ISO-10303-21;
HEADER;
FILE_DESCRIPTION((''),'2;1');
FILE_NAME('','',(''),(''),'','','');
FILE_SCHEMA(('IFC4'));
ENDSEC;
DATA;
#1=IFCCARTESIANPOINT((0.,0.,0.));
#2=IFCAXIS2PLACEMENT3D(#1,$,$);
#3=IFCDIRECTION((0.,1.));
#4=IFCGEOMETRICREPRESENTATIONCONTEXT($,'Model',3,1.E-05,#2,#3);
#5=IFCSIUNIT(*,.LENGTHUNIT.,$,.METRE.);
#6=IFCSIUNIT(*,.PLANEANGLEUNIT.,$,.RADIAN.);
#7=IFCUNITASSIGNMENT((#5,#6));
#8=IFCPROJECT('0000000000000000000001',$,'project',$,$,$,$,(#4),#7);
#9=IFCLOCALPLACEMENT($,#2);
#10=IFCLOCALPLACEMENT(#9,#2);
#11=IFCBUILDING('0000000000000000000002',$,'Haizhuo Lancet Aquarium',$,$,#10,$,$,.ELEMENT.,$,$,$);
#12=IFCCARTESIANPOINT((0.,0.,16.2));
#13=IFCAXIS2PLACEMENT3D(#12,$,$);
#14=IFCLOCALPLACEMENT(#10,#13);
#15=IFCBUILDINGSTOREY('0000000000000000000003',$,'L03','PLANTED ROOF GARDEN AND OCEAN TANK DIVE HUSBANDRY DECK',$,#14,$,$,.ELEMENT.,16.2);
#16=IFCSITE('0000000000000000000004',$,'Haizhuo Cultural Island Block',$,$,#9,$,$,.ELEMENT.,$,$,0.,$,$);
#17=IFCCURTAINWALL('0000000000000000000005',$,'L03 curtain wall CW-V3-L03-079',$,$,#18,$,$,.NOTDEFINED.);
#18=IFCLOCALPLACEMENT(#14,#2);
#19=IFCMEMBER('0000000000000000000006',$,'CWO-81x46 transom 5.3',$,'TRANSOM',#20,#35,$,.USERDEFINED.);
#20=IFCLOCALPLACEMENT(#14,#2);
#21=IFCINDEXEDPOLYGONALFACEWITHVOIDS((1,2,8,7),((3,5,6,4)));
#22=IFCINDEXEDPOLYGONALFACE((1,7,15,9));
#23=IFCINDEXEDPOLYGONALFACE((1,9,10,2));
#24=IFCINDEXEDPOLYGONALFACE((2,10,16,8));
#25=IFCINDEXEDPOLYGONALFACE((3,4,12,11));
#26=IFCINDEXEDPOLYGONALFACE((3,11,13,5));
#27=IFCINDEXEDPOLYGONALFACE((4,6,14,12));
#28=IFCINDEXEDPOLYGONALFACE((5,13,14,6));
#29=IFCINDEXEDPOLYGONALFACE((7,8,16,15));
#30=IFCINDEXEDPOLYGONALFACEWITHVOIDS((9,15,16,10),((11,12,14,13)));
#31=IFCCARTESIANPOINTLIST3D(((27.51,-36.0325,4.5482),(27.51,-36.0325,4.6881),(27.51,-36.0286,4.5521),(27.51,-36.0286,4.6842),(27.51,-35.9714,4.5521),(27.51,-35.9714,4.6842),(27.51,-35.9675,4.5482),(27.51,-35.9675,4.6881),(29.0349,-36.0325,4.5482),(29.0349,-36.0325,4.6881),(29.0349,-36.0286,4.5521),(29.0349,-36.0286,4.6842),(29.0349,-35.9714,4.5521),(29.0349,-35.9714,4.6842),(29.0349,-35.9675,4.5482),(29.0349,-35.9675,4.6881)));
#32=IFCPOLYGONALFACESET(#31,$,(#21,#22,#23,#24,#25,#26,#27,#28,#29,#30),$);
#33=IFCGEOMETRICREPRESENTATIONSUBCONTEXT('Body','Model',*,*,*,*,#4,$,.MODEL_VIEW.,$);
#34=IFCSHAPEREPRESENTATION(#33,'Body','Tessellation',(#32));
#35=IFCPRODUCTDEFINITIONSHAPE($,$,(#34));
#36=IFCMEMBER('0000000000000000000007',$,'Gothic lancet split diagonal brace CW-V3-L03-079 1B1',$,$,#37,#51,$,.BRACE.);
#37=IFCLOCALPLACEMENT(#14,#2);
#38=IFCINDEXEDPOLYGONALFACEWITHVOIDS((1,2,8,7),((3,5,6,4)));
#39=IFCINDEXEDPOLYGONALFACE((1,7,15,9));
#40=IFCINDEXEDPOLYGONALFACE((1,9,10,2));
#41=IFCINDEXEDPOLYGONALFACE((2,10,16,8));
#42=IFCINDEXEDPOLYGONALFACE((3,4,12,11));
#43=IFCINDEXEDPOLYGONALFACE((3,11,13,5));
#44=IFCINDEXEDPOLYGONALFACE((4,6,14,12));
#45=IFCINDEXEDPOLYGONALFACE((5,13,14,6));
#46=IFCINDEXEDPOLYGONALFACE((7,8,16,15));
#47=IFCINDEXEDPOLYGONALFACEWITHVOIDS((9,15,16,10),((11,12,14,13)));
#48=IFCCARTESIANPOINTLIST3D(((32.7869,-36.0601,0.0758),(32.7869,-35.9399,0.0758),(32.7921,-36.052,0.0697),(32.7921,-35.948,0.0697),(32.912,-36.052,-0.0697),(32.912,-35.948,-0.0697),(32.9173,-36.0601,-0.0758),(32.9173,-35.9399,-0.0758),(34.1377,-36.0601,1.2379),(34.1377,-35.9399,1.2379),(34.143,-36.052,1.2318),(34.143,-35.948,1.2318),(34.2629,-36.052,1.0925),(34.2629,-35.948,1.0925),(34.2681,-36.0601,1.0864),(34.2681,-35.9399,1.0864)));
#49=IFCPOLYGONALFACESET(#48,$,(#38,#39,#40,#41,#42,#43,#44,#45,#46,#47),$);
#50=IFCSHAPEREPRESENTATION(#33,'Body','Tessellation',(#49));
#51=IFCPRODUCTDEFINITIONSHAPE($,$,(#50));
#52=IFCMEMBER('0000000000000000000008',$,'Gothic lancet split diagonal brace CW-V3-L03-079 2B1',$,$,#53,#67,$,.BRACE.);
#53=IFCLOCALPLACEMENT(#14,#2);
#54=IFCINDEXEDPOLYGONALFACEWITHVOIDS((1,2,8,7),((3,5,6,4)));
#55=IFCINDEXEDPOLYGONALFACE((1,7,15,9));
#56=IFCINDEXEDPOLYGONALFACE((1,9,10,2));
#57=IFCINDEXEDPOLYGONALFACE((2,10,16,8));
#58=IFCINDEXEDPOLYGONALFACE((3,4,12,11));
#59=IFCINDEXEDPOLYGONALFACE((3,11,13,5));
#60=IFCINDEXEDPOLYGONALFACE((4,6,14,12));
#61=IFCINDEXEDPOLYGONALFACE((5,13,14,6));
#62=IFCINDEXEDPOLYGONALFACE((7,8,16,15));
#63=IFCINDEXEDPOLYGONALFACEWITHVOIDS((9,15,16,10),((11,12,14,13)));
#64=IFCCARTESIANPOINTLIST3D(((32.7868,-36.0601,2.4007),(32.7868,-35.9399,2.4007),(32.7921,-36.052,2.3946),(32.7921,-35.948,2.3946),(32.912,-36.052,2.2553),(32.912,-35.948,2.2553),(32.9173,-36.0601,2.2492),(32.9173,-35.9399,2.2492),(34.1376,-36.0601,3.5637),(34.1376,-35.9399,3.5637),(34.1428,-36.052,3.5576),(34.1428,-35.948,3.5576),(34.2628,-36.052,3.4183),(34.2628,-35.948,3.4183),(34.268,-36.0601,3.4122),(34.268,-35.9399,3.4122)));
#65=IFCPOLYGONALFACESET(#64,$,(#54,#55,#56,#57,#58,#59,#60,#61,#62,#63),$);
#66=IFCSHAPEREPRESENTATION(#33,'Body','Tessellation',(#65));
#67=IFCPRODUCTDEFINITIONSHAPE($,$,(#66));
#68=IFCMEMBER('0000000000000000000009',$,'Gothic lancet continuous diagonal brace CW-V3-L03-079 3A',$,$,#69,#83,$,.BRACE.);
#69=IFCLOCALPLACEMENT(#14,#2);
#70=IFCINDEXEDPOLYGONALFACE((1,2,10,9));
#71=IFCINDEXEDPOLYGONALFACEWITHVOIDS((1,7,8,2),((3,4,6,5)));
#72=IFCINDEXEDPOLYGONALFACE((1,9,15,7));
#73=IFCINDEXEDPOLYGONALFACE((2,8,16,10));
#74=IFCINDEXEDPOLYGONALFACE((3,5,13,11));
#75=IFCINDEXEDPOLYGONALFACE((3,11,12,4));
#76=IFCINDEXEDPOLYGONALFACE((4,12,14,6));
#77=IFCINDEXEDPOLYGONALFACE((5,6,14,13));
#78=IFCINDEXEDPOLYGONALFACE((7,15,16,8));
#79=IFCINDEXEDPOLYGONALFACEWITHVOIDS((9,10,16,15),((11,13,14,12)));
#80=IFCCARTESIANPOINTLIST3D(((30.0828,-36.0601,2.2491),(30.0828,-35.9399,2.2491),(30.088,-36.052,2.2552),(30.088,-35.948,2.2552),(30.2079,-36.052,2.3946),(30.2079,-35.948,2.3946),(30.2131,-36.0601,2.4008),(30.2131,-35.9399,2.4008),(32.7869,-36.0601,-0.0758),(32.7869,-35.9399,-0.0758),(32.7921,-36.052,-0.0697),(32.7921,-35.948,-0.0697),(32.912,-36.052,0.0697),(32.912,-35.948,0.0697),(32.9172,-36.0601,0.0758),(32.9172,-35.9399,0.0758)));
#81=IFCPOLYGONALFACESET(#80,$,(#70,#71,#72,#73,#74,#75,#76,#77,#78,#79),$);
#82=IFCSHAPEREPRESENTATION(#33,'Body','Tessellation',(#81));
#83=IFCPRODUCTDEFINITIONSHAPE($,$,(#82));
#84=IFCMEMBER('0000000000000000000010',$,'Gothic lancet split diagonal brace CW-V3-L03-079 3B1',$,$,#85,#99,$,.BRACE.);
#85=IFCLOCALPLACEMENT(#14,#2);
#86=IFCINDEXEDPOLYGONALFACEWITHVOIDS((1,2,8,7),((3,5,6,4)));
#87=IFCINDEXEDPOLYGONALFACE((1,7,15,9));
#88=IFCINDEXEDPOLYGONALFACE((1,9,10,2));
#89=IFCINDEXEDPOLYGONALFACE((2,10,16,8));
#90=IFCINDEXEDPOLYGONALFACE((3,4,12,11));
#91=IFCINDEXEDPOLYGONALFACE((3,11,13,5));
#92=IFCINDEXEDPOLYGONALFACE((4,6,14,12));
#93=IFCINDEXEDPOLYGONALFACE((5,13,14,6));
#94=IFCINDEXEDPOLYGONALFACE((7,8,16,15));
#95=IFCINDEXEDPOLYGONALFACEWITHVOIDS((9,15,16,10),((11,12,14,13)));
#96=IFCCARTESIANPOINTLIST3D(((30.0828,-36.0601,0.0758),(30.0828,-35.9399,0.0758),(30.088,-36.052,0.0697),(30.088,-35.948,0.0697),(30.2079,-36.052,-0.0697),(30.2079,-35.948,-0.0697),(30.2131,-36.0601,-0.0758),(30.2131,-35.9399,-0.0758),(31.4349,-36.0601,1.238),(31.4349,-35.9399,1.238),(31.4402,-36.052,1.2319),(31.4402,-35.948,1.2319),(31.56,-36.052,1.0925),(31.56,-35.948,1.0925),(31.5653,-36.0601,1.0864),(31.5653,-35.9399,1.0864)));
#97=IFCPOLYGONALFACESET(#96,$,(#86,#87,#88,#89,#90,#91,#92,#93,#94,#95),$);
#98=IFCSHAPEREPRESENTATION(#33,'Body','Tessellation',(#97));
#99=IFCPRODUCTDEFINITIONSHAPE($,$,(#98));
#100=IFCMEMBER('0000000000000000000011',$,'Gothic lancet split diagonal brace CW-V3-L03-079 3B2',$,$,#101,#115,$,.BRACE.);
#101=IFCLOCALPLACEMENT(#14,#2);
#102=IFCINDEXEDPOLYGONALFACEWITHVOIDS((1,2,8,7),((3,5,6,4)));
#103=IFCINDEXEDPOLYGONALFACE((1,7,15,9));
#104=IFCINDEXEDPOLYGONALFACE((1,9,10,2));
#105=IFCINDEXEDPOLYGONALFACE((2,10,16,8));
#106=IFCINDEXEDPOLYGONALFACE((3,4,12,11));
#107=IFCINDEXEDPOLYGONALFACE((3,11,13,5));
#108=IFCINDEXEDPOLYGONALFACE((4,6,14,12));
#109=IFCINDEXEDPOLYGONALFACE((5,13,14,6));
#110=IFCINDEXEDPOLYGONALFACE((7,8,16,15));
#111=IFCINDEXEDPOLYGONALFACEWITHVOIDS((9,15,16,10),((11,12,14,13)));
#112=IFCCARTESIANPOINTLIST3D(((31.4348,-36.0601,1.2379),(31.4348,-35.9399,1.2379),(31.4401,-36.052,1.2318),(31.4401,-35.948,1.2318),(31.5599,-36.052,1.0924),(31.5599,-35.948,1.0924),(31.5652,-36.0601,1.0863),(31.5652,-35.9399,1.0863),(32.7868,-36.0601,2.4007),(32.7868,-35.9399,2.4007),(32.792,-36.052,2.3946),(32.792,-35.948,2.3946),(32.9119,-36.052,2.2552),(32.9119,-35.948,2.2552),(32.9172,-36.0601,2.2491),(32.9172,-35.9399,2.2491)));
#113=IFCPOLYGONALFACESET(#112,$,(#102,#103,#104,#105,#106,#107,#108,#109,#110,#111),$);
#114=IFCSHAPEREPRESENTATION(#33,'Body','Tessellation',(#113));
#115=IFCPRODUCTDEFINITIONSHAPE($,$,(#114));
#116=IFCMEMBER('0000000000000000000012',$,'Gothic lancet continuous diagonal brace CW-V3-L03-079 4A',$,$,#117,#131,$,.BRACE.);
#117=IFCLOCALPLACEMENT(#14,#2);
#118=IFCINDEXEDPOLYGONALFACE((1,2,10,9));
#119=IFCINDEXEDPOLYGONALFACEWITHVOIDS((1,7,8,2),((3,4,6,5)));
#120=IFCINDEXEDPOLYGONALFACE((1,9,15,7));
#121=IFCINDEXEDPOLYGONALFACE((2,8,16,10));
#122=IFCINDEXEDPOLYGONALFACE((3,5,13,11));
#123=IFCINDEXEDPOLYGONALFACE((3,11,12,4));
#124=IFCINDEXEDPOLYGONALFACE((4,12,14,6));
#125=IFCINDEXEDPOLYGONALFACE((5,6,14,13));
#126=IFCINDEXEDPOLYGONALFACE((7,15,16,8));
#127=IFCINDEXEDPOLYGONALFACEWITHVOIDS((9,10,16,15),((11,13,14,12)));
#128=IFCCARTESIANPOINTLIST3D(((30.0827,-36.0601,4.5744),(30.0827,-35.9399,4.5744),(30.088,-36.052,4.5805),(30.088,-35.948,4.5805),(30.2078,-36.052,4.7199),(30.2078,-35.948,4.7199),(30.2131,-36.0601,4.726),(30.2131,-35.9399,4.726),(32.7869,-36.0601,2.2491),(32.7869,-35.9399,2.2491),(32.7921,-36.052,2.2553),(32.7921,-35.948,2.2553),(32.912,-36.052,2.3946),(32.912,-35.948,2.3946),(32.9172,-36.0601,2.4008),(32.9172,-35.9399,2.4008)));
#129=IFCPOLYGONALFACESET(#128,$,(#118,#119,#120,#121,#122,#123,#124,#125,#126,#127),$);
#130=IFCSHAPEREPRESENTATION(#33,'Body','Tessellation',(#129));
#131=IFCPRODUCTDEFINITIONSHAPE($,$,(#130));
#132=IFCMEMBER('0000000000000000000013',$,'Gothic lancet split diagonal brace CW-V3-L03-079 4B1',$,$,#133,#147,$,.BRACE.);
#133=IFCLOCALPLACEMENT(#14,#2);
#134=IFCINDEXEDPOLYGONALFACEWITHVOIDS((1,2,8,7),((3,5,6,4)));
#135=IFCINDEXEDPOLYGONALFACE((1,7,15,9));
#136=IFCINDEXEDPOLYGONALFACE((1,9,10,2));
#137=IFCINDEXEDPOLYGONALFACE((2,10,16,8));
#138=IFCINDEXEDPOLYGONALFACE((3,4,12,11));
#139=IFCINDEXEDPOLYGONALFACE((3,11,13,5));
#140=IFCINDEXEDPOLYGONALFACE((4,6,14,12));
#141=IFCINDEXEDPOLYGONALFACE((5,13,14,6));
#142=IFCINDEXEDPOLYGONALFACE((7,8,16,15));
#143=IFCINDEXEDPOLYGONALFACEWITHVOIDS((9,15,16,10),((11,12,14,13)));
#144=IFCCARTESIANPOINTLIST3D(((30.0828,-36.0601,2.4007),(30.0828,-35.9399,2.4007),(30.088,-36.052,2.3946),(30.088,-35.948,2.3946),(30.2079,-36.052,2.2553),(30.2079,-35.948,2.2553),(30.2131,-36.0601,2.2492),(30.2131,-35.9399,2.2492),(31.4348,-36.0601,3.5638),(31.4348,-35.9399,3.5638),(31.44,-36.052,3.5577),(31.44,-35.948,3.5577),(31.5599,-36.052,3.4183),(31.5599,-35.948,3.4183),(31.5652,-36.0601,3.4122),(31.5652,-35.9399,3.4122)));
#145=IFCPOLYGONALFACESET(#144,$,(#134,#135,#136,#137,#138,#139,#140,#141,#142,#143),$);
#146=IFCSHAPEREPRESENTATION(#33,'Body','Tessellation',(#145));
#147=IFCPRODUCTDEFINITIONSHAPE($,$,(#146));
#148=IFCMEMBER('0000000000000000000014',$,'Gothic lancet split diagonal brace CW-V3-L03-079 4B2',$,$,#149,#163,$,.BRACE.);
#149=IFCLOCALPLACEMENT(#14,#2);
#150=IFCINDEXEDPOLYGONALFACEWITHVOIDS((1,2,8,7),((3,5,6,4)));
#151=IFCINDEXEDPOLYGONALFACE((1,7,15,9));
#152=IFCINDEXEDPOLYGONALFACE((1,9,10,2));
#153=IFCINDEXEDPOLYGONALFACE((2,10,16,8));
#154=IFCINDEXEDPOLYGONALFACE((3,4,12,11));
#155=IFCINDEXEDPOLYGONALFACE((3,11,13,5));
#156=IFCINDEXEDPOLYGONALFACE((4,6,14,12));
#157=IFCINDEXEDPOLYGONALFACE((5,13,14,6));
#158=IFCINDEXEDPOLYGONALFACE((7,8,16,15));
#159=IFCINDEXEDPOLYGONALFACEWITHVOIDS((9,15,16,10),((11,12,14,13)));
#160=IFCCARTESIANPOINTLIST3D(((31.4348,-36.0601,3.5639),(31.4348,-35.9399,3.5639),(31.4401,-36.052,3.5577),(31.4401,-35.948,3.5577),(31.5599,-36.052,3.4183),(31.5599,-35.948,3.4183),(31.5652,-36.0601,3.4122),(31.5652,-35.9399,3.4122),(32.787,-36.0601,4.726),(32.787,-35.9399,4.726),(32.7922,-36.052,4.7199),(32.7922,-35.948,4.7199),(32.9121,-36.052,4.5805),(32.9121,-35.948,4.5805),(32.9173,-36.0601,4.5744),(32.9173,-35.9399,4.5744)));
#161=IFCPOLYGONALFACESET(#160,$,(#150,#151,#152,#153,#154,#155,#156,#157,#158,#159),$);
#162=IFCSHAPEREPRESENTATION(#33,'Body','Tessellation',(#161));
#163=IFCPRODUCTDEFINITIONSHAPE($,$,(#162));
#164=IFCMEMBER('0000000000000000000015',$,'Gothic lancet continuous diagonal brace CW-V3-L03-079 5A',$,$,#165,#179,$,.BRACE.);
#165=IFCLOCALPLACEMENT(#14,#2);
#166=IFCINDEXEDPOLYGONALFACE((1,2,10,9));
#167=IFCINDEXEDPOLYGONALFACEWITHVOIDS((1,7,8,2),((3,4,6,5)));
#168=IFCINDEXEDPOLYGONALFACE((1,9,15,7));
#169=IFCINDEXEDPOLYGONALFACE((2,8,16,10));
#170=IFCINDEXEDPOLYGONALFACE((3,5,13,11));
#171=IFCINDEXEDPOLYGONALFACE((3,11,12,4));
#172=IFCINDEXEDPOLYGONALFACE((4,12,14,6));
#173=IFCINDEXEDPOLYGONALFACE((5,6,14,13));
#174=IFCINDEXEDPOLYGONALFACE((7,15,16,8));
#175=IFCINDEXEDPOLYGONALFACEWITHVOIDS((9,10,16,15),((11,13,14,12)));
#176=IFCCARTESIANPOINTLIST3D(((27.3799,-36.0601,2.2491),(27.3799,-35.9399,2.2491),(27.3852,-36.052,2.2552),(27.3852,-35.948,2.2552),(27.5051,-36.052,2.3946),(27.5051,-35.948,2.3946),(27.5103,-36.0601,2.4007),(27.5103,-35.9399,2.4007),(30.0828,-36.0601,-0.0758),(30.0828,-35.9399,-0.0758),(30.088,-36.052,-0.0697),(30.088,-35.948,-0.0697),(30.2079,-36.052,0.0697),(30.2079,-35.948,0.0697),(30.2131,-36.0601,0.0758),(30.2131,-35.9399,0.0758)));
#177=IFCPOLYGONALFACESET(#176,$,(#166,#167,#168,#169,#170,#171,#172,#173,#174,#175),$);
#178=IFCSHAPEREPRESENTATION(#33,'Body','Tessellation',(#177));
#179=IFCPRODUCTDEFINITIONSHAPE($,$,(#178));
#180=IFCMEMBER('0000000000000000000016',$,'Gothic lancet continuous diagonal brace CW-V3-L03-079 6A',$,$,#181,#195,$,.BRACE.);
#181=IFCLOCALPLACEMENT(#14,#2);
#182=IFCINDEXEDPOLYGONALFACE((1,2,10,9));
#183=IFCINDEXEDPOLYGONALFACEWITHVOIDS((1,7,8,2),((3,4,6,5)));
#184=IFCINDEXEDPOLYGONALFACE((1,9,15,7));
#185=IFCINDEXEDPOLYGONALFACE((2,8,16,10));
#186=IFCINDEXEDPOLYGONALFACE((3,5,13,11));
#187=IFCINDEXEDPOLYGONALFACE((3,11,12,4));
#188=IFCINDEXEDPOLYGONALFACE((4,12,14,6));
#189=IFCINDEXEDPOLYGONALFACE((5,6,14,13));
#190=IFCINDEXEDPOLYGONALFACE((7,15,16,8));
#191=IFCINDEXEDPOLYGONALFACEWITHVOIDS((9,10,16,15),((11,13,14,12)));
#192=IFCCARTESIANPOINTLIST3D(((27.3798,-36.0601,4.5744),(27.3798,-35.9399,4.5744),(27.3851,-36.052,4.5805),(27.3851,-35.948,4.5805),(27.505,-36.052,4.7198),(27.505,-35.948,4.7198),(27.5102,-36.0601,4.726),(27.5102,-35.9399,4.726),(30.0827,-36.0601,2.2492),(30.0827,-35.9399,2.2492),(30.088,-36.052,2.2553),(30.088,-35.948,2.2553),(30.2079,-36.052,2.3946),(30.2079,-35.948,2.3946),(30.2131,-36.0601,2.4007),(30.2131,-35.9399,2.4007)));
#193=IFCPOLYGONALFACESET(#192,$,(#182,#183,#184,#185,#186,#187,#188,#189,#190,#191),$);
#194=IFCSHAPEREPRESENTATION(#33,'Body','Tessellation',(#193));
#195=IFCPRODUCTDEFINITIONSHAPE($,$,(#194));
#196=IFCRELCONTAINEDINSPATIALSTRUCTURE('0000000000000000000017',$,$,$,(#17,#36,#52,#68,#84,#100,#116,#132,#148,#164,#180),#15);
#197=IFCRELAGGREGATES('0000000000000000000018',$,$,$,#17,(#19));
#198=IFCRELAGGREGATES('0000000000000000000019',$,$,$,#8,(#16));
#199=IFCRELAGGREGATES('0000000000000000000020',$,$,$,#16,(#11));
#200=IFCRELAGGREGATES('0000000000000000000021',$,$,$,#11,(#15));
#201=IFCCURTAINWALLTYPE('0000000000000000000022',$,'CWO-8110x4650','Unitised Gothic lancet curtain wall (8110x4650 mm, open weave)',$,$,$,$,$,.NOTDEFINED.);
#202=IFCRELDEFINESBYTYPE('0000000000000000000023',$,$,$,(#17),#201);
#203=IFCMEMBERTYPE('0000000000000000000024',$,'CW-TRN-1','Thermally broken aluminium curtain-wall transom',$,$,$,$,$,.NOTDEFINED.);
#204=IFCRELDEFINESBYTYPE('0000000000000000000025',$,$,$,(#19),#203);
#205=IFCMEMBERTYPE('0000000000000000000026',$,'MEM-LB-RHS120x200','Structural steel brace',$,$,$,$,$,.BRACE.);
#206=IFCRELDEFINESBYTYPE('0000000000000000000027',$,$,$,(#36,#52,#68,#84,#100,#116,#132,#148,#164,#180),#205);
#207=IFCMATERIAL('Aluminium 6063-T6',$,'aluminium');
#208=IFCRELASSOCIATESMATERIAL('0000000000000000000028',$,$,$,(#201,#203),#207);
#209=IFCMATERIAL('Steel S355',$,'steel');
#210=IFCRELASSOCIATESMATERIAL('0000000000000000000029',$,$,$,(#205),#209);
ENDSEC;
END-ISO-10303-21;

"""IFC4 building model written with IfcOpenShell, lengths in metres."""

from ifc_helpers import new_model, si_unit, direction, frame, origin, origin_2d, place, context, subcontext, project, spatial, hollow_rectangle, extrude, material, material_profile, profile_set, type_object, element, aggregate, save


model = new_model("IFC4")

# Units and contexts
model_context = context("Model", 3, precision=1e-05, world=origin(), true_north=direction((0.0, 1.0)))
body_context = subcontext(model_context, "Body", "Model", "MODEL_VIEW")
ifc_project = project(units=[si_unit("LENGTHUNIT", "METRE"), si_unit("PLANEANGLEUNIT", "RADIAN")], contexts=[model_context])

# Site, building, storey
site_placement = place(None, origin())
site = spatial("IfcSite", under=ifc_project, at=site_placement, Name="Haizhuo Cultural Island Block", CompositionType="ELEMENT", RefElevation=0.0)
building_placement = place(site_placement, origin())
building = spatial("IfcBuilding", under=site, at=building_placement, Name="Haizhuo Lancet Aquarium", CompositionType="ELEMENT")
storey_placement = place(building_placement, frame((0.0, 0.0, 16.2)))
storey = spatial("IfcBuildingStorey", under=building, at=storey_placement, Name="L03", Description="PLANTED ROOF GARDEN AND OCEAN TANK DIVE HUSBANDRY DECK", CompositionType="ELEMENT", Elevation=16.2)

# Curtain wall, member
ifc_material_1 = material(Name="Aluminium 6063-T6", Category="aluminium")
curtain_wall_type = type_object("IfcCurtainWallType", Name="CWO-8110x4650", Description="Unitised Gothic lancet curtain wall (8110x4650 mm, open weave)", PredefinedType="NOTDEFINED", material=ifc_material_1)
curtain_wall_placement = place(storey_placement, origin())
curtain_wall = element("IfcCurtainWall", 1, at=curtain_wall_placement, inside=storey, type_object=curtain_wall_type, Name="L03 curtain wall CW-V3-L03-079", PredefinedType="NOTDEFINED")
ifc_material_profile_1 = material_profile(ifc_material_1, hollow_rectangle(XDim=0.0649, YDim=0.1399, WallThickness=0.0039, at=origin_2d()), Name="ALU-T 65x140x4")
ifc_profile_set_1 = profile_set([ifc_material_profile_1], Name="Aluminium 6063-T6")
member_type_1 = type_object("IfcMemberType", Name="CW-TRN-1", Description="Thermally broken aluminium curtain-wall transom", PredefinedType="NOTDEFINED", material=ifc_profile_set_1)
member_1_placement = place(storey_placement, frame((29.0349, -36.0, 4.6182), z_axis=(-1.0, 0.0, 0.0), x_axis=(0.0, -1.0, 0.0)))
member_1 = element("IfcMember", 2, at=member_1_placement, type_object=member_type_1, Name="CWO-81x46 transom 5.3", ObjectType="TRANSOM", PredefinedType="USERDEFINED", context=body_context, shape_type="SweptSolid", body=[
    extrude(hollow_rectangle(XDim=0.0649, YDim=0.1399, WallThickness=0.0039, at=origin_2d()), origin(), (0.0, 0.0, 1.0), 1.5249),
])

# Members
ifc_material_2 = material(Name="Steel S355", Category="steel")
ifc_material_profile_2 = material_profile(ifc_material_2, hollow_rectangle(XDim=0.1201, YDim=0.2, WallThickness=0.0081, at=origin_2d()), Name="RHS 120x200x8")
ifc_profile_set_2 = profile_set([ifc_material_profile_2], Name="Steel S355")
member_type_2 = type_object("IfcMemberType", Name="MEM-LB-RHS120x200", Description="Structural steel brace", PredefinedType="BRACE", material=ifc_profile_set_2)
member_2_placement = place(storey_placement, frame((32.8521, -36.0, 0.0), z_axis=(0.758075, 0.0, 0.652167), x_axis=(0.0, 1.0, 0.0)))
element("IfcMember", 3, at=member_2_placement, inside=storey, type_object=member_type_2, Name="Gothic lancet split diagonal brace CW-V3-L03-079 1B1", PredefinedType="BRACE", context=body_context, shape_type="SweptSolid", body=[
    extrude(hollow_rectangle(XDim=0.1201, YDim=0.2, WallThickness=0.0081, at=origin_2d()), origin(), (0.0, 0.0, 1.0), 1.782),
])
member_3_placement = place(storey_placement, frame((32.8521, -36.0, 2.325), z_axis=(0.757805, 0.0, 0.652482), x_axis=(0.0, 1.0, 0.0)))
element("IfcMember", 4, at=member_3_placement, inside=storey, type_object=member_type_2, Name="Gothic lancet split diagonal brace CW-V3-L03-079 2B1", PredefinedType="BRACE", context=body_context, shape_type="SweptSolid", body=[
    extrude(hollow_rectangle(XDim=0.1201, YDim=0.2, WallThickness=0.0081, at=origin_2d()), origin(), (0.0, 0.0, 1.0), 1.7825),
])
member_4_placement = place(storey_placement, frame((32.8521, -36.0, 0.0), z_axis=(-0.758265, 0.0, 0.651946), x_axis=(0.0, -1.0, 0.0)))
element("IfcMember", 5, at=member_4_placement, inside=storey, type_object=member_type_2, Name="Gothic lancet continuous diagonal brace CW-V3-L03-079 3A", PredefinedType="BRACE", context=body_context, shape_type="SweptSolid", body=[
    extrude(hollow_rectangle(XDim=0.1201, YDim=0.2, WallThickness=0.0081, at=origin_2d()), origin(), (0.0, 0.0, 1.0), 3.5662),
])
member_5_placement = place(storey_placement, frame((30.1479, -36.0, 0.0), z_axis=(0.758367, 0.0, 0.651828), x_axis=(0.0, 1.0, 0.0)))
element("IfcMember", 6, at=member_5_placement, inside=storey, type_object=member_type_2, Name="Gothic lancet split diagonal brace CW-V3-L03-079 3B1", PredefinedType="BRACE", context=body_context, shape_type="SweptSolid", body=[
    extrude(hollow_rectangle(XDim=0.1201, YDim=0.2, WallThickness=0.0081, at=origin_2d()), origin(), (0.0, 0.0, 1.0), 1.783),
])
member_6_placement = place(storey_placement, frame((31.5, -36.0, 1.1621), z_axis=(0.758164, 0.0, 0.652064), x_axis=(0.0, 1.0, 0.0)))
element("IfcMember", 7, at=member_6_placement, inside=storey, type_object=member_type_2, Name="Gothic lancet split diagonal brace CW-V3-L03-079 3B2", PredefinedType="BRACE", context=body_context, shape_type="SweptSolid", body=[
    extrude(hollow_rectangle(XDim=0.1201, YDim=0.2, WallThickness=0.0081, at=origin_2d()), origin(), (0.0, 0.0, 1.0), 1.7832),
])
member_7_placement = place(storey_placement, frame((32.8521, -36.0, 2.325), z_axis=(-0.758231, 0.0, 0.651986), x_axis=(0.0, -1.0, 0.0)))
element("IfcMember", 8, at=member_7_placement, inside=storey, type_object=member_type_2, Name="Gothic lancet continuous diagonal brace CW-V3-L03-079 4A", PredefinedType="BRACE", context=body_context, shape_type="SweptSolid", body=[
    extrude(hollow_rectangle(XDim=0.1201, YDim=0.2, WallThickness=0.0081, at=origin_2d()), origin(), (0.0, 0.0, 1.0), 3.5664),
])
member_8_placement = place(storey_placement, frame((30.1479, -36.0, 2.325), z_axis=(0.758096, 0.0, 0.652143), x_axis=(0.0, 1.0, 0.0)))
element("IfcMember", 9, at=member_8_placement, inside=storey, type_object=member_type_2, Name="Gothic lancet split diagonal brace CW-V3-L03-079 4B1", PredefinedType="BRACE", context=body_context, shape_type="SweptSolid", body=[
    extrude(hollow_rectangle(XDim=0.1201, YDim=0.2, WallThickness=0.0081, at=origin_2d()), origin(), (0.0, 0.0, 1.0), 1.7834),
])
member_9_placement = place(storey_placement, frame((31.5, -36.0, 3.488), z_axis=(0.758367, 0.0, 0.651828), x_axis=(0.0, 1.0, 0.0)))
element("IfcMember", 10, at=member_9_placement, inside=storey, type_object=member_type_2, Name="Gothic lancet split diagonal brace CW-V3-L03-079 4B2", PredefinedType="BRACE", context=body_context, shape_type="SweptSolid", body=[
    extrude(hollow_rectangle(XDim=0.1201, YDim=0.2, WallThickness=0.0081, at=origin_2d()), origin(), (0.0, 0.0, 1.0), 1.783),
])
member_10_placement = place(storey_placement, frame((30.1479, -36.0, 0.0), z_axis=(-0.75812, 0.0, 0.652116), x_axis=(0.0, -1.0, 0.0)))
element("IfcMember", 11, at=member_10_placement, inside=storey, type_object=member_type_2, Name="Gothic lancet continuous diagonal brace CW-V3-L03-079 5A", PredefinedType="BRACE", context=body_context, shape_type="SweptSolid", body=[
    extrude(hollow_rectangle(XDim=0.1201, YDim=0.2, WallThickness=0.0081, at=origin_2d()), origin(), (0.0, 0.0, 1.0), 3.5652),
])
member_11_placement = place(storey_placement, frame((30.1479, -36.0, 2.325), z_axis=(-0.758086, 0.0, 0.652155), x_axis=(0.0, -1.0, 0.0)))
element("IfcMember", 12, at=member_11_placement, inside=storey, type_object=member_type_2, Name="Gothic lancet continuous diagonal brace CW-V3-L03-079 6A", PredefinedType="BRACE", context=body_context, shape_type="SweptSolid", body=[
    extrude(hollow_rectangle(XDim=0.1201, YDim=0.2, WallThickness=0.0081, at=origin_2d()), origin(), (0.0, 0.0, 1.0), 3.5654),
])

aggregate(curtain_wall, [member_1])

save(model, "model.ifc")
